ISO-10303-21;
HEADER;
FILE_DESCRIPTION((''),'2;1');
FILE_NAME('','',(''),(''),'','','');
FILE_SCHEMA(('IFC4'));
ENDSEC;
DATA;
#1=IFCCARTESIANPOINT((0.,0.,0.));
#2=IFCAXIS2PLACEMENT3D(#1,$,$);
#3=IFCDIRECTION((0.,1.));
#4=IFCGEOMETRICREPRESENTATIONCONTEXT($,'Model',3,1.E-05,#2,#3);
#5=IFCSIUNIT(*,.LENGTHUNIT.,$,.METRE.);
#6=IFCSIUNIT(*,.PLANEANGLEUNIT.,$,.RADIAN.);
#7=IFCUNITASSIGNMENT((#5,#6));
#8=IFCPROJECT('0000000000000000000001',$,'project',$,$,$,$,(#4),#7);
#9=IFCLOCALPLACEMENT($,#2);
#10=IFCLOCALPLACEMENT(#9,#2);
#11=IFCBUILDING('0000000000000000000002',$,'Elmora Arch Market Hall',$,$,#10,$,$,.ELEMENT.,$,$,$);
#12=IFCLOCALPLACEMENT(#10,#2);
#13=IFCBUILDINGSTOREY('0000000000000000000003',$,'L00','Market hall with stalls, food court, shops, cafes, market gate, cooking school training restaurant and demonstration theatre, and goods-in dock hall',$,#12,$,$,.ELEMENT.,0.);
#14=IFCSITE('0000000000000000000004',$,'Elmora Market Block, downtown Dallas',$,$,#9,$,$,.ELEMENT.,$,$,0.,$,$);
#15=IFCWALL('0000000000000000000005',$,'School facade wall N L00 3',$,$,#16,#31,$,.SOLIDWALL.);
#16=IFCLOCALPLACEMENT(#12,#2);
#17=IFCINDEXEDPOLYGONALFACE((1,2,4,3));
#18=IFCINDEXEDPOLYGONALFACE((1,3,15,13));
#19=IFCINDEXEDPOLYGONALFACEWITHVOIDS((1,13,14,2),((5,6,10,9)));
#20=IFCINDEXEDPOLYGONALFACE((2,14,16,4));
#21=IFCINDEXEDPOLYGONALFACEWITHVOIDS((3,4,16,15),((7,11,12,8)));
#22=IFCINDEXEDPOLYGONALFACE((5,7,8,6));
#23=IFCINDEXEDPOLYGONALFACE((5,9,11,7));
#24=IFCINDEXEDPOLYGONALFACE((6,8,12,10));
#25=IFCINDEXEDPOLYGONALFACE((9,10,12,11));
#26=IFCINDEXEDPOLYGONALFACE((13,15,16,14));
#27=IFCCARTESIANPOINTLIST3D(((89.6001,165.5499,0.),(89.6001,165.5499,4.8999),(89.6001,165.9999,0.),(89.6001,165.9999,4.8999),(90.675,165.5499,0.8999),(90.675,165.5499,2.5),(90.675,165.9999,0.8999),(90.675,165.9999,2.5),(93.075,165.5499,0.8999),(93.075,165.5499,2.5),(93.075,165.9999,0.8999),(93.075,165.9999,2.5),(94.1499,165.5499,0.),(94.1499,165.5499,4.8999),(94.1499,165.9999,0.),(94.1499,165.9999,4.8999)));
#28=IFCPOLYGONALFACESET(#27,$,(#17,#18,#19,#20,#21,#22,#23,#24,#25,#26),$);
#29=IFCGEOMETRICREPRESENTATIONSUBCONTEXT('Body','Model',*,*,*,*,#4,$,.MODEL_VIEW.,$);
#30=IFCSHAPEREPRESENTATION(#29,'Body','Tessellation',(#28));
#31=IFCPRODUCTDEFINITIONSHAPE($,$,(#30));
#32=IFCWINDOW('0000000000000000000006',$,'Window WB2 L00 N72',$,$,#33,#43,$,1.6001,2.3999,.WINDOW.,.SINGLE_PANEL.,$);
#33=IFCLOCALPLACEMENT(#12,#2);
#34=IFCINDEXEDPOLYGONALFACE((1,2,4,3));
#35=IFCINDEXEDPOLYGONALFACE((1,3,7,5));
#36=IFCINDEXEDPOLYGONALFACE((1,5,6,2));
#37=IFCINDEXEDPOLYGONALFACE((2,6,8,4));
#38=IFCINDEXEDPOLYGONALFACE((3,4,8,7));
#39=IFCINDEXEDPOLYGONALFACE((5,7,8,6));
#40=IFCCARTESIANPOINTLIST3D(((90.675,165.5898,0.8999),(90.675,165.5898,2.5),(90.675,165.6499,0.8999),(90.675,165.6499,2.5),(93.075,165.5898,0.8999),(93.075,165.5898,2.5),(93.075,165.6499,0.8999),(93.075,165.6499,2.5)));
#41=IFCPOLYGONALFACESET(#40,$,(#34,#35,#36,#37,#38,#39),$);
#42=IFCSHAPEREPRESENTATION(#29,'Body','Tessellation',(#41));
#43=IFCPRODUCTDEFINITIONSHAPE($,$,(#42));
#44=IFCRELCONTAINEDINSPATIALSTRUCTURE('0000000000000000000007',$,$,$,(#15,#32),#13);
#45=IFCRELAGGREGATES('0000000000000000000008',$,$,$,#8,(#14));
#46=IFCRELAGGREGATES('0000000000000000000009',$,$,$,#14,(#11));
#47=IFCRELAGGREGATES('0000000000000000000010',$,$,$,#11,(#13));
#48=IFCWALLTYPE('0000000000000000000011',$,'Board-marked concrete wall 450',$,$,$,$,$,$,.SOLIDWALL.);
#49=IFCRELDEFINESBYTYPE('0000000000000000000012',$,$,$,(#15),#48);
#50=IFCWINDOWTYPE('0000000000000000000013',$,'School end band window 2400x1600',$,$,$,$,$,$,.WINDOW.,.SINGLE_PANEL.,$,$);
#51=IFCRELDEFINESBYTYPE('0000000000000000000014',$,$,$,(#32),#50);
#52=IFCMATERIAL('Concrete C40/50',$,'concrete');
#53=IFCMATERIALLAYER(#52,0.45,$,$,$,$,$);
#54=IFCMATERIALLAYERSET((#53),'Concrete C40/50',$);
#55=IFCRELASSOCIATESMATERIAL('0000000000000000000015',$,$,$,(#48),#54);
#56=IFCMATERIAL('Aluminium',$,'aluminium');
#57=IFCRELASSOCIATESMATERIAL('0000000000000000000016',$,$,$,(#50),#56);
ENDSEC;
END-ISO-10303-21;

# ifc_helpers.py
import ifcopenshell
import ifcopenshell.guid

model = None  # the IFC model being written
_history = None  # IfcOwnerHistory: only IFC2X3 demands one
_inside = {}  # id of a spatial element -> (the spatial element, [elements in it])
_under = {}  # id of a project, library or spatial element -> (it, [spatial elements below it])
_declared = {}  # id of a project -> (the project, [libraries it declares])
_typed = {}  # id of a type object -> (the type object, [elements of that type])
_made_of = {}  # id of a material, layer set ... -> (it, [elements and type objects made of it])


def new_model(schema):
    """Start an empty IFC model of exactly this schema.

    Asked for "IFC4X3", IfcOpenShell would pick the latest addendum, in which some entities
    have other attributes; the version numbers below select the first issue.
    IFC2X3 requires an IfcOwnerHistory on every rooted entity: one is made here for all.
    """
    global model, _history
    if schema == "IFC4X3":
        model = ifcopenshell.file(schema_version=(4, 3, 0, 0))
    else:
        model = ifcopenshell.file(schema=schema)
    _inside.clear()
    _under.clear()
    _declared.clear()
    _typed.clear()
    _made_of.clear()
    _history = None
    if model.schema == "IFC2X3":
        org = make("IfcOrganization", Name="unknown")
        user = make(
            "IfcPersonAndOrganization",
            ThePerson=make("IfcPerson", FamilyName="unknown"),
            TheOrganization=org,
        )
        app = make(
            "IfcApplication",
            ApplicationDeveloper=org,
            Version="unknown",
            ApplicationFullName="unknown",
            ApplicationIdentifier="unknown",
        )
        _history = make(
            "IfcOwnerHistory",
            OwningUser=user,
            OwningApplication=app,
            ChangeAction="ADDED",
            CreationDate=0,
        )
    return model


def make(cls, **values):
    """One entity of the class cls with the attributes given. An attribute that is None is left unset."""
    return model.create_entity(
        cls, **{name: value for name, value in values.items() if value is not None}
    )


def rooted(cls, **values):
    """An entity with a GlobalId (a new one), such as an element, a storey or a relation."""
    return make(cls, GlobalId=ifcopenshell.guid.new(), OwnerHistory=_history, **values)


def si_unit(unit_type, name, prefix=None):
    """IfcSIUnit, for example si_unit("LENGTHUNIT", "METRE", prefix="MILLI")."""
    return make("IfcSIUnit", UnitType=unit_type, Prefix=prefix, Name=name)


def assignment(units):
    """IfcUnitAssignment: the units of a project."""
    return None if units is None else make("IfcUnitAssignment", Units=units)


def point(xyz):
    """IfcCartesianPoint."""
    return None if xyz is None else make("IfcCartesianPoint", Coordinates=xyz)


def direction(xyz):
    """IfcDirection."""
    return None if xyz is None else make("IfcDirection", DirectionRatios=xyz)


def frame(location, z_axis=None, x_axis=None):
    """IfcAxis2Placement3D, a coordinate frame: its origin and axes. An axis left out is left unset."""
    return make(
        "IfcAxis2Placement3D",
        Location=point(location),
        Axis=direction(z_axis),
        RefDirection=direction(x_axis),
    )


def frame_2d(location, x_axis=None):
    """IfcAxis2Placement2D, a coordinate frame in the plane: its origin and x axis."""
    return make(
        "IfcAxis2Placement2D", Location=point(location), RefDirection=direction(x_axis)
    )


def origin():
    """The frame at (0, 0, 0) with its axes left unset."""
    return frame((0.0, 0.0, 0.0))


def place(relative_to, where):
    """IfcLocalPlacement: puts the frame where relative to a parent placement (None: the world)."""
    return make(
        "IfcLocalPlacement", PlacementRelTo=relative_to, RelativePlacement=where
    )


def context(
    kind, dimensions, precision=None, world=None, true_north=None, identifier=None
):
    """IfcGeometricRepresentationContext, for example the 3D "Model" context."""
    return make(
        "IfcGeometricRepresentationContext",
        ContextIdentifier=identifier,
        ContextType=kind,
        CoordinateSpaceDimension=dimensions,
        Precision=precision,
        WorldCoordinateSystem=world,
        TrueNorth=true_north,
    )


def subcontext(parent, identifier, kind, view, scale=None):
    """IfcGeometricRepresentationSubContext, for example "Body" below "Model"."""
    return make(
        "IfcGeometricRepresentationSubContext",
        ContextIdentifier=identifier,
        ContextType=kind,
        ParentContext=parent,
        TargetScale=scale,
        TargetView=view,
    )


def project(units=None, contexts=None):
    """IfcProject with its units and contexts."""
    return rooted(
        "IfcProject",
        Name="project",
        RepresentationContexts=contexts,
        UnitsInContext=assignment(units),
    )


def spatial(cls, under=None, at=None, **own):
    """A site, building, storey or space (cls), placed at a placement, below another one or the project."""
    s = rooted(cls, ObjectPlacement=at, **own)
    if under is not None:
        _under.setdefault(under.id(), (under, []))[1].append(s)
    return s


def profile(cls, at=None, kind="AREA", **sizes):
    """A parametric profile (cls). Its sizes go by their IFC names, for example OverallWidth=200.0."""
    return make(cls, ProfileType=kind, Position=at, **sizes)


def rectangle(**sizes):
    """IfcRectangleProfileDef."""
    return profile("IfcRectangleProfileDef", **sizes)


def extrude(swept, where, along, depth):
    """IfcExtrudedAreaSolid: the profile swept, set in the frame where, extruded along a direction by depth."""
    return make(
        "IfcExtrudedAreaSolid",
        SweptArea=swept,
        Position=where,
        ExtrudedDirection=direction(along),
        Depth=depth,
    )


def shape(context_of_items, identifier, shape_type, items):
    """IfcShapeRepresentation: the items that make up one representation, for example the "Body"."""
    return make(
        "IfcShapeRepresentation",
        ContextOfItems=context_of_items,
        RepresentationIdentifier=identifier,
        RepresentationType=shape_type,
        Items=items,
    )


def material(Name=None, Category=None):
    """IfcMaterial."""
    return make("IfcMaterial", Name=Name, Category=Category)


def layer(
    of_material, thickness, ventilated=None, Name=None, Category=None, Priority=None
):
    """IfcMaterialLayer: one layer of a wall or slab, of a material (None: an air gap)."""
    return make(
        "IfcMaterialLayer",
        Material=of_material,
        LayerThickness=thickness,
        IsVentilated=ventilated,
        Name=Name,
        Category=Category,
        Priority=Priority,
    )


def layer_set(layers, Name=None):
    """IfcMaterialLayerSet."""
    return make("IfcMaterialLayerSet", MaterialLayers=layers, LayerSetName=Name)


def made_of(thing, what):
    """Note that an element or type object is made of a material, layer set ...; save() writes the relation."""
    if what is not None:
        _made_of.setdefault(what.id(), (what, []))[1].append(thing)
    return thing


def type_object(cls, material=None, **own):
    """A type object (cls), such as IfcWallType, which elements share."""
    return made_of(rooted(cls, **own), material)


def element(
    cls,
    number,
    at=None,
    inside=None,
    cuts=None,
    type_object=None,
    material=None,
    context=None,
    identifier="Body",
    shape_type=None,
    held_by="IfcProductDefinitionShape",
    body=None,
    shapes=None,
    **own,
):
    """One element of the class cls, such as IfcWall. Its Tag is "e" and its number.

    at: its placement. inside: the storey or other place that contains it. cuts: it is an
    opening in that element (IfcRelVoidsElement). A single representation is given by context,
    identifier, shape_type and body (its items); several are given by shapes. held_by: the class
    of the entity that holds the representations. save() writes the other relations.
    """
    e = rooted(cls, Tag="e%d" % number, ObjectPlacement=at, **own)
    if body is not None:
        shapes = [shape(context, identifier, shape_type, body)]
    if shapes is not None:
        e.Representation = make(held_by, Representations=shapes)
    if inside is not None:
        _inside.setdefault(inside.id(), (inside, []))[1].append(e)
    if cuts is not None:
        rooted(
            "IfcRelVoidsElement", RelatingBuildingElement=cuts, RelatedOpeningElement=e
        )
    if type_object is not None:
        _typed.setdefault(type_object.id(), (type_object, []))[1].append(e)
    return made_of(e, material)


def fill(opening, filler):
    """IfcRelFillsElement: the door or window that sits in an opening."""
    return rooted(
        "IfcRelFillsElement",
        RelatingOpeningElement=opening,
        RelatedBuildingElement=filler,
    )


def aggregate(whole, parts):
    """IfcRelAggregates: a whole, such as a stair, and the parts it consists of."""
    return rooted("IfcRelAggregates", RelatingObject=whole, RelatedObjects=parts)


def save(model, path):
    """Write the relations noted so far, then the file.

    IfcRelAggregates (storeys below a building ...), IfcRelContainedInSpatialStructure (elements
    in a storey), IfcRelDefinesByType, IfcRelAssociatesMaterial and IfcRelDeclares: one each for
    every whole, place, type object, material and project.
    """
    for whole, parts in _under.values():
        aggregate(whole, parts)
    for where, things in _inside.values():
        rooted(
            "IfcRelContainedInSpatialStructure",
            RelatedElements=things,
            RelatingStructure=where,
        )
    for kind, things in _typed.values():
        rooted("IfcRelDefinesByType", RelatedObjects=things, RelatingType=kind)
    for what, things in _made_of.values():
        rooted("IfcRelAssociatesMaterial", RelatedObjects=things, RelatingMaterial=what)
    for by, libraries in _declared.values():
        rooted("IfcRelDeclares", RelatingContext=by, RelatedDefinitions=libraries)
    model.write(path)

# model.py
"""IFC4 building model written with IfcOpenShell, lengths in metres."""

from ifc_helpers import new_model, si_unit, direction, frame, frame_2d, origin, place, context, subcontext, project, spatial, rectangle, extrude, material, layer, layer_set, type_object, element, fill, save


model = new_model("IFC4")

# Units and contexts
model_context = context("Model", 3, precision=1e-05, world=origin(), true_north=direction((0.0, 1.0)))
body_context = subcontext(model_context, "Body", "Model", "MODEL_VIEW")
ifc_project = project(units=[si_unit("LENGTHUNIT", "METRE"), si_unit("PLANEANGLEUNIT", "RADIAN")], contexts=[model_context])

# Site, building, storey
site_placement = place(None, origin())
site = spatial("IfcSite", under=ifc_project, at=site_placement, Name="Elmora Market Block, downtown Dallas", CompositionType="ELEMENT", RefElevation=0.0)
building_placement = place(site_placement, origin())
building = spatial("IfcBuilding", under=site, at=building_placement, Name="Elmora Arch Market Hall", CompositionType="ELEMENT")
storey_placement = place(building_placement, origin())
storey = spatial("IfcBuildingStorey", under=building, at=storey_placement, Name="L00", Description="Market hall with stalls, food court, shops, cafes, market gate, cooking school training restaurant and demonstration theatre, and goods-in dock hall", CompositionType="ELEMENT", Elevation=0.0)

# Wall, opening, window
ifc_material_1 = material(Name="Concrete C40/50", Category="concrete")
ifc_layer = layer(ifc_material_1, 0.45)
ifc_layer_set = layer_set([ifc_layer], Name="Concrete C40/50")
wall_type = type_object("IfcWallType", Name="Board-marked concrete wall 450", PredefinedType="SOLIDWALL", material=ifc_layer_set)
wall_1_placement = place(storey_placement, frame((89.6001, 165.7749, 0.0), z_axis=(0.0, 0.0, 1.0), x_axis=(1.0, 0.0, 0.0)))
wall_1 = element("IfcWall", 1, at=wall_1_placement, inside=storey, type_object=wall_type, Name="School facade wall N L00 3", PredefinedType="SOLIDWALL", context=body_context, shape_type="SweptSolid", body=[
    extrude(rectangle(XDim=4.5498, YDim=0.45, at=frame_2d((2.2749, 0.0))), origin(), (0.0, 0.0, 1.0), 4.8999),
])
opening_1_placement = place(wall_1_placement, frame((1.075, 0.0, 0.8999)))
opening_1 = element("IfcOpeningElement", 2, at=opening_1_placement, cuts=wall_1, PredefinedType="OPENING", context=body_context, shape_type="SweptSolid", body=[
    extrude(rectangle(XDim=2.3999, YDim=1.6001, at=frame_2d((1.2, 0.8))), frame((0.0, 0.2349, 0.0), z_axis=(0.0, -1.0, 0.0), x_axis=(1.0, 0.0, 0.0)), (0.0, 0.0, 1.0), 0.47),
])
ifc_material_2 = material(Name="Aluminium", Category="aluminium")
window_type_1 = type_object("IfcWindowType", Name="School end band window 2400x1600", PartitioningType="SINGLE_PANEL", PredefinedType="WINDOW", material=ifc_material_2)
window_1_placement = place(opening_1_placement, origin())
window_1 = element("IfcWindow", 3, at=window_1_placement, inside=storey, type_object=window_type_1, Name="Window WB2 L00 N72", OverallHeight=1.6001, OverallWidth=2.3999, PartitioningType="SINGLE_PANEL", PredefinedType="WINDOW", context=body_context, shape_type="SweptSolid", body=[
    extrude(rectangle(XDim=2.3999, YDim=1.6001, at=frame_2d((1.2, 0.8))), frame((0.0, -0.125, 0.0), z_axis=(0.0, -1.0, 0.0), x_axis=(1.0, 0.0, 0.0)), (0.0, 0.0, 1.0), 0.0601),
])
fill(opening_1, window_1)

save(model, "model.ifc")
